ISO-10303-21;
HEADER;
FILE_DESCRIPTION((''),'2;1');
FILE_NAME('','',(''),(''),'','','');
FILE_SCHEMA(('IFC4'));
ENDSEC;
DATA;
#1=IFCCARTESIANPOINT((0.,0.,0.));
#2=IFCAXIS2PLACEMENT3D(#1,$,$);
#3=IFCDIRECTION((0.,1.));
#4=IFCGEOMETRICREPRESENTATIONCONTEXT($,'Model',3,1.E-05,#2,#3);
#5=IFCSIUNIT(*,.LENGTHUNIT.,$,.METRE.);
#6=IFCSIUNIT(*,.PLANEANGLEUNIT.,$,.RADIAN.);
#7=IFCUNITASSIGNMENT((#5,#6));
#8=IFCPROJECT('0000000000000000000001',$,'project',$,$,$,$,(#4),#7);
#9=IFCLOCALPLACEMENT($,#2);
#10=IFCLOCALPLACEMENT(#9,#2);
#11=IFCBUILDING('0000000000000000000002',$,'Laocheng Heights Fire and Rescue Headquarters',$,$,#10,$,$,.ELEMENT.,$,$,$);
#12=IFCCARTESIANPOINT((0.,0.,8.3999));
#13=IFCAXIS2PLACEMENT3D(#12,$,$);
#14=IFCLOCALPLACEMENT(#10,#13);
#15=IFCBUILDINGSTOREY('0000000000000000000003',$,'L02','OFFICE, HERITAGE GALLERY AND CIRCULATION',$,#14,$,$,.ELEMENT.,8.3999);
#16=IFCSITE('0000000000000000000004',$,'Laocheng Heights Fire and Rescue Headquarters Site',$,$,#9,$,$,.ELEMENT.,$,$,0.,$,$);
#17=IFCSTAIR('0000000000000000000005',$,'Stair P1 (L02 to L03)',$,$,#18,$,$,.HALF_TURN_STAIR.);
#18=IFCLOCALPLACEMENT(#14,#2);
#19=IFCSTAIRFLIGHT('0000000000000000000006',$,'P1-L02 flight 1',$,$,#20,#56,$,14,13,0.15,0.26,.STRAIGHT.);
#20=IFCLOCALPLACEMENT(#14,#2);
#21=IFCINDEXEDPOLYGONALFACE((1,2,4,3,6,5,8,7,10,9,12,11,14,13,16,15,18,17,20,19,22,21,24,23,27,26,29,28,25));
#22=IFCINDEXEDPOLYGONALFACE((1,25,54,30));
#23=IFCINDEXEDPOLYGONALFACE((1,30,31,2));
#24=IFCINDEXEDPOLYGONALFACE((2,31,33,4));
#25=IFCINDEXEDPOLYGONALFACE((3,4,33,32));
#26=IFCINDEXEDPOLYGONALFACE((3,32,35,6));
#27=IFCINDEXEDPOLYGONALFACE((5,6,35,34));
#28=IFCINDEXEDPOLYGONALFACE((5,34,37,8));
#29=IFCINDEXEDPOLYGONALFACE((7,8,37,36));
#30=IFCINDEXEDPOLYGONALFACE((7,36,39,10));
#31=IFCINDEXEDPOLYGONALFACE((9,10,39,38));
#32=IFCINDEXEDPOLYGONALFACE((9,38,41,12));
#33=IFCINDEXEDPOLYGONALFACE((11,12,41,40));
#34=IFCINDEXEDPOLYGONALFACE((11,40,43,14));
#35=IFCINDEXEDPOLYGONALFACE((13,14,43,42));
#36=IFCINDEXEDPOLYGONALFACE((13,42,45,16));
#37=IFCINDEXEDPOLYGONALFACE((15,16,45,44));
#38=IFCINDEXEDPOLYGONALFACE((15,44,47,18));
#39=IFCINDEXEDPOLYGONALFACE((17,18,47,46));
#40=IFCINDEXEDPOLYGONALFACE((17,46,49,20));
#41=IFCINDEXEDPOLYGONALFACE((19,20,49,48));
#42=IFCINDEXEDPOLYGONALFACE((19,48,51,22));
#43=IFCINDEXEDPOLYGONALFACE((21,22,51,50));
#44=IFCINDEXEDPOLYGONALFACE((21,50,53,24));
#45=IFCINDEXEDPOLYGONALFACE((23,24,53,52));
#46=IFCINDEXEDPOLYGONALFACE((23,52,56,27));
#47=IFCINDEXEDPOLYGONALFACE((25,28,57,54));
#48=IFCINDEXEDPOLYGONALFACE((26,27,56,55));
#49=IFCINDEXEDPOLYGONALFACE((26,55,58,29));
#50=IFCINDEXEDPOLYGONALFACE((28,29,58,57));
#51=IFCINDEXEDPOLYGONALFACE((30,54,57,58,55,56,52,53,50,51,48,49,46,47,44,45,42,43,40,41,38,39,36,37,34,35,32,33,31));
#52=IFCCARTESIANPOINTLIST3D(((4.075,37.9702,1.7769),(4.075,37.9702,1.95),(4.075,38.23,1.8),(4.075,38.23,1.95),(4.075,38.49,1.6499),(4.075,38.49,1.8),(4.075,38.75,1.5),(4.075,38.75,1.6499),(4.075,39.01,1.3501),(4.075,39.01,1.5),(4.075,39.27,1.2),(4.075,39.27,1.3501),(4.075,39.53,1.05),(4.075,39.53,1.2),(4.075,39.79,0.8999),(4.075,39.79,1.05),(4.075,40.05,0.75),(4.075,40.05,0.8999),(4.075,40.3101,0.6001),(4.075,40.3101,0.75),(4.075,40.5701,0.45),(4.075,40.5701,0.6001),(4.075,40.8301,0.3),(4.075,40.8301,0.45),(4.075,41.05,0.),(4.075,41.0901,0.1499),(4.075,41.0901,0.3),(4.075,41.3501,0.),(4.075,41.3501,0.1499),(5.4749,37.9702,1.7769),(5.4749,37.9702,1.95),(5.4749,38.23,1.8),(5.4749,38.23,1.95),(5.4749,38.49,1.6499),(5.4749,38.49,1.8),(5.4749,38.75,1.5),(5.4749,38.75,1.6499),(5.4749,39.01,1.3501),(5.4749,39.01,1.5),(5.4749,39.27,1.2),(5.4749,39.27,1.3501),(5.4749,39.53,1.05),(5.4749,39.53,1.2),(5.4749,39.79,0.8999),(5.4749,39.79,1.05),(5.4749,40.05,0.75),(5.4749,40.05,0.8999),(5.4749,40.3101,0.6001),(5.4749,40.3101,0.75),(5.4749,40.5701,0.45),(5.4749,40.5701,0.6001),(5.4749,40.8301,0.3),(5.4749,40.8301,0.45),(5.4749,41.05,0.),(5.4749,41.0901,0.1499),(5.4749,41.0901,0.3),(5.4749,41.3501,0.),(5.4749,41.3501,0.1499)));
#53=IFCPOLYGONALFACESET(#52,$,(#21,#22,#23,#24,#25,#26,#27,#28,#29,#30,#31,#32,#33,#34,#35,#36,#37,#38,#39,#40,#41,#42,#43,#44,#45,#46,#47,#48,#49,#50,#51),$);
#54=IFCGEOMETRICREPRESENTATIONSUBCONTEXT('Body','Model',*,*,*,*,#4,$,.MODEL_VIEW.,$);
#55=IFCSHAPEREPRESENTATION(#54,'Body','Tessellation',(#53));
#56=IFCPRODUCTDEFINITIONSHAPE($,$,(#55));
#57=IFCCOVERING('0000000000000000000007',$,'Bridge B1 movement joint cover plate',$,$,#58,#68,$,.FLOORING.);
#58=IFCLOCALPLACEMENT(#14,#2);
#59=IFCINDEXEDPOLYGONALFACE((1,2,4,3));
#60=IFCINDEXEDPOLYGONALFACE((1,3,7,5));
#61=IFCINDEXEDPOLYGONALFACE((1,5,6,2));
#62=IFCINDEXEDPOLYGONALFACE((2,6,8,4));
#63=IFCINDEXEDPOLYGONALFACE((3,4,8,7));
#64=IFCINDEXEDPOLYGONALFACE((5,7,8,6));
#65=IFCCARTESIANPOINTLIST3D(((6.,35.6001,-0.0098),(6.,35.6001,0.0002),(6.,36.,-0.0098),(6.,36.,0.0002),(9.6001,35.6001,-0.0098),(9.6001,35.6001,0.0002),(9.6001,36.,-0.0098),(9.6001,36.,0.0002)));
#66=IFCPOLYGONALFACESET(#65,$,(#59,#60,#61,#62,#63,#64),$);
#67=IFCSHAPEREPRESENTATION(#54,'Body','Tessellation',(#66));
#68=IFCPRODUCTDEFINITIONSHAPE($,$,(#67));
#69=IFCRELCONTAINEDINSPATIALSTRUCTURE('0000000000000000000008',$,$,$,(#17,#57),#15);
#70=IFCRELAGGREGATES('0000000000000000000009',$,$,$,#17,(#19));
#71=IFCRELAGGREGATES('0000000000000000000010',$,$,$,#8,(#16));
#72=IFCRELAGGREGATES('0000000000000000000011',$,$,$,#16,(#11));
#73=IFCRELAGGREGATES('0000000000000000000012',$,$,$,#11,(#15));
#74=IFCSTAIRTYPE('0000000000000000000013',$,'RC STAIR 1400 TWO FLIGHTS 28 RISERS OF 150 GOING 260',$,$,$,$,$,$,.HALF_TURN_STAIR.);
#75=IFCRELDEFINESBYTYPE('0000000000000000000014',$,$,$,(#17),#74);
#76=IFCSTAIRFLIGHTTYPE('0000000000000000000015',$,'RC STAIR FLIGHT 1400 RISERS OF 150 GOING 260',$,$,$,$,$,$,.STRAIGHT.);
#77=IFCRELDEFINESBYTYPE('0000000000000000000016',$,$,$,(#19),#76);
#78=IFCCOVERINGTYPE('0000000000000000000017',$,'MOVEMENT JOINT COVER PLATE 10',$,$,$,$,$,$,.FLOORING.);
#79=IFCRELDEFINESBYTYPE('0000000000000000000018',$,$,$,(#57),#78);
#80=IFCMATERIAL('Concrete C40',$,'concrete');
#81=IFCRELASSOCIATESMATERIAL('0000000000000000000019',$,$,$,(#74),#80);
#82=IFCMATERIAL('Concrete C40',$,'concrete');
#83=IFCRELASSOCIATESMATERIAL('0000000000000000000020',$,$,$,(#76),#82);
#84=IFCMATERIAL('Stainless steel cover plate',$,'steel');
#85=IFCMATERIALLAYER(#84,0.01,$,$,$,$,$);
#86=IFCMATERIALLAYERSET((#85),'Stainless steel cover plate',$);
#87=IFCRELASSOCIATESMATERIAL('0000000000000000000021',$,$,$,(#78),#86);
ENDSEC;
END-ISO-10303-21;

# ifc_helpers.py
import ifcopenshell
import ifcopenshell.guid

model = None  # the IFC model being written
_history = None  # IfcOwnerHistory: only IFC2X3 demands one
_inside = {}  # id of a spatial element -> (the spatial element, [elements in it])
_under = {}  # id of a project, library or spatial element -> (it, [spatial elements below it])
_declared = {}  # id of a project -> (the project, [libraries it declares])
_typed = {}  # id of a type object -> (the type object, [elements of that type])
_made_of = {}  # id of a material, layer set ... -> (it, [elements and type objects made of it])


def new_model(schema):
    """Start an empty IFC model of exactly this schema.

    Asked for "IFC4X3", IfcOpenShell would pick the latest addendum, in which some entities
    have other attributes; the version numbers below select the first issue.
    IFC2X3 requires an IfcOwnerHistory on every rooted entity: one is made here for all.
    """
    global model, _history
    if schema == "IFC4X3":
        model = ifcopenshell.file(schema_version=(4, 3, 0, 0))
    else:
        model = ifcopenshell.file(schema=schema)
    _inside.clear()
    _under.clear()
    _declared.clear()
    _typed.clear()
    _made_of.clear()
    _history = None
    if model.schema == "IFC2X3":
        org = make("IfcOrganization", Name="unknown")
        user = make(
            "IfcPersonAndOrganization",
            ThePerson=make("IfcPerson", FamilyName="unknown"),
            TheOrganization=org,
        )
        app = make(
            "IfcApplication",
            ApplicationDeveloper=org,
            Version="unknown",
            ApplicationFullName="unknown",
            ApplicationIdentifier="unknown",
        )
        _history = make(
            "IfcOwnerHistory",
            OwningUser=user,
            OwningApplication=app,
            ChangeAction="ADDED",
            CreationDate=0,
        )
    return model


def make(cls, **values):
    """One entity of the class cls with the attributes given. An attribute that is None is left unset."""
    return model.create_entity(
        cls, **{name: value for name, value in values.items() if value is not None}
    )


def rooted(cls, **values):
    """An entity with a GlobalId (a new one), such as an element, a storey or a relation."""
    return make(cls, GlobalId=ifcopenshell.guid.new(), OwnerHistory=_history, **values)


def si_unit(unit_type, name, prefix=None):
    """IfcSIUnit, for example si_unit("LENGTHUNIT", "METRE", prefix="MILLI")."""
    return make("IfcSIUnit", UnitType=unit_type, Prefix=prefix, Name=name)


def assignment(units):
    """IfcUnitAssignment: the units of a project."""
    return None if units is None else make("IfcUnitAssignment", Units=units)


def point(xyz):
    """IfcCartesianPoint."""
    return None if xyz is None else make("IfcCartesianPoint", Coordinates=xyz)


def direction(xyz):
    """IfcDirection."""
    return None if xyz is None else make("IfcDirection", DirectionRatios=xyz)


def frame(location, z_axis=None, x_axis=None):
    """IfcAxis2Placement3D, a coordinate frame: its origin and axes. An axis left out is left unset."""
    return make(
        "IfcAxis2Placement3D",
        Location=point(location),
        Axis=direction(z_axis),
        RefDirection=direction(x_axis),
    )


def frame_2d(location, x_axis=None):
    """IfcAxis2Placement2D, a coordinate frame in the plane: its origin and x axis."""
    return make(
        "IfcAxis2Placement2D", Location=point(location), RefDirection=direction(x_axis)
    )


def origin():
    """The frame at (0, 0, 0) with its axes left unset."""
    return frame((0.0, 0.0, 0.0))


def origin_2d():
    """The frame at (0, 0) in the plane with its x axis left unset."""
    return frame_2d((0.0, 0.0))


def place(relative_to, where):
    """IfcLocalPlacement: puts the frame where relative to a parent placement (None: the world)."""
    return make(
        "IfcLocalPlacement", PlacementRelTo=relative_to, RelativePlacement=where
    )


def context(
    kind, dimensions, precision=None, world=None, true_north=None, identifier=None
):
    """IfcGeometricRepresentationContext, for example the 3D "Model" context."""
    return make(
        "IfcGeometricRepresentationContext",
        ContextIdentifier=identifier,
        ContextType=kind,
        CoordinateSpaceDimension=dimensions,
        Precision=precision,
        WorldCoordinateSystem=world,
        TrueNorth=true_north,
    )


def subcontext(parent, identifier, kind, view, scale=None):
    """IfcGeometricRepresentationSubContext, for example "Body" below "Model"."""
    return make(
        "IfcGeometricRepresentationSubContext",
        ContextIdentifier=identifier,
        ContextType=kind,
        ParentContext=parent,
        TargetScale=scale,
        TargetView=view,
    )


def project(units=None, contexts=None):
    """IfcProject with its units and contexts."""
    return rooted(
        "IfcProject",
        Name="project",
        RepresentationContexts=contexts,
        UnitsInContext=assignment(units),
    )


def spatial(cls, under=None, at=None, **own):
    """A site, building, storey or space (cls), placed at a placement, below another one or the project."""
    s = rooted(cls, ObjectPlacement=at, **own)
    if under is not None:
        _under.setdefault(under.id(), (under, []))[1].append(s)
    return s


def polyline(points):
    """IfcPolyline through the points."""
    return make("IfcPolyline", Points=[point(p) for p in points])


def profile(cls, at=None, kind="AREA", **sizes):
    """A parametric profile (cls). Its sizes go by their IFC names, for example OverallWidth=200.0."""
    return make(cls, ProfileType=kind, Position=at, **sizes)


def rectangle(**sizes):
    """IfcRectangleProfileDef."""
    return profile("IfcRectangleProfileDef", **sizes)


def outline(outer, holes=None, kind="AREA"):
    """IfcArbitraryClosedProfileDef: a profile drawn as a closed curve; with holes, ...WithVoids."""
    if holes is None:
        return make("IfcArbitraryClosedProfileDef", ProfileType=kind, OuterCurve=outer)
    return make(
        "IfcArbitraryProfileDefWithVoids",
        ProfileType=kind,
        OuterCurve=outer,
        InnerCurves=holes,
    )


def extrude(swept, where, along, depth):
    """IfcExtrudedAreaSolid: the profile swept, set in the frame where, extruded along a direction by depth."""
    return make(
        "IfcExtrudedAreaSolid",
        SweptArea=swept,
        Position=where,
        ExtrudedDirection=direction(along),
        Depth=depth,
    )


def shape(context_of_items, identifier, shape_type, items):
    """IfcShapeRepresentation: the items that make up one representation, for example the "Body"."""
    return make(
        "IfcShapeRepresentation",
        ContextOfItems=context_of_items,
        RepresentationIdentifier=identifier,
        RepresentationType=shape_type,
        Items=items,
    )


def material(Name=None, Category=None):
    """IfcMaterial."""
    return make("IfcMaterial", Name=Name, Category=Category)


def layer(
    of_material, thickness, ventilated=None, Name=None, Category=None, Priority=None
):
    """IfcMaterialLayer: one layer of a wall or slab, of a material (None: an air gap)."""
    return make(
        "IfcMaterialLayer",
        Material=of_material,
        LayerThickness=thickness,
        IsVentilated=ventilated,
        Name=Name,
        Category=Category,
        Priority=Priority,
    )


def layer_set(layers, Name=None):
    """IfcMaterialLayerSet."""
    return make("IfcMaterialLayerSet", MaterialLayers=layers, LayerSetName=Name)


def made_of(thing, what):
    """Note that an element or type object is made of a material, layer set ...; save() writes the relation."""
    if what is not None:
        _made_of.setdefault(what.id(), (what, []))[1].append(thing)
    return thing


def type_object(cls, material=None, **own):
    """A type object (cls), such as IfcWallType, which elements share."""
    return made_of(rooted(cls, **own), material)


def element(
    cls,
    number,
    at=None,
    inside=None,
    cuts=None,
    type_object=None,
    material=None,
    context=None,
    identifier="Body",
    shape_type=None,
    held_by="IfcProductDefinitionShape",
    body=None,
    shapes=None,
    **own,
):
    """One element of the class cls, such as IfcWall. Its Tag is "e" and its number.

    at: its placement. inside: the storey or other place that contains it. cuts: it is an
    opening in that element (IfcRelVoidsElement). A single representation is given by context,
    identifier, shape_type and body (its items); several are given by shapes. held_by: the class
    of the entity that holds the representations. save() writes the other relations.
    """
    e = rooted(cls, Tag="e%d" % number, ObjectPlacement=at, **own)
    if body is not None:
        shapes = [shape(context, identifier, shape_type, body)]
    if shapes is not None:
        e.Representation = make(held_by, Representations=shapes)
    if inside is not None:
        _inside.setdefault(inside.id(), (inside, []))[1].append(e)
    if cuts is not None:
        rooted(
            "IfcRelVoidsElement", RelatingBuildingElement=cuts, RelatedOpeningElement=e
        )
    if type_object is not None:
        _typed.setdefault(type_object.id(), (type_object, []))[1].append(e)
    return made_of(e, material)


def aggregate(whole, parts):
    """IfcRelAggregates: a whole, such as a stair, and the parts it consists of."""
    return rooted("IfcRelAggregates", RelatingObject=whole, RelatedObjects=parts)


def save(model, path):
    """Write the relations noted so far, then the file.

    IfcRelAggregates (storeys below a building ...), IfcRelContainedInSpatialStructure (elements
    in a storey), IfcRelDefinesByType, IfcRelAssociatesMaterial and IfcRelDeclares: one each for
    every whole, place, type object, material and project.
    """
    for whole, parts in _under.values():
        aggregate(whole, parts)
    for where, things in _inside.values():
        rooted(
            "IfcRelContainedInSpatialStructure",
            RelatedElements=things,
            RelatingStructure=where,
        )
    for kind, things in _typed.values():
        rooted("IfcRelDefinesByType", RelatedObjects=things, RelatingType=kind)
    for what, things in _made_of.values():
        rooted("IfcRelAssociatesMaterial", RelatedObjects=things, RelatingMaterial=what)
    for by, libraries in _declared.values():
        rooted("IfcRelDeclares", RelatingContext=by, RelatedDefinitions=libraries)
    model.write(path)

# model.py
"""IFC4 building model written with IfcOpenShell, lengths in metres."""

from ifc_helpers import new_model, si_unit, direction, frame, origin, origin_2d, place, context, subcontext, project, spatial, polyline, rectangle, outline, extrude, material, layer, layer_set, type_object, element, aggregate, save


model = new_model("IFC4")

# Units and contexts
model_context = context("Model", 3, precision=1e-05, world=origin(), true_north=direction((0.0, 1.0)))
body_context = subcontext(model_context, "Body", "Model", "MODEL_VIEW")
ifc_project = project(units=[si_unit("LENGTHUNIT", "METRE"), si_unit("PLANEANGLEUNIT", "RADIAN")], contexts=[model_context])

# Site, building, storey
site_placement = place(None, origin())
site = spatial("IfcSite", under=ifc_project, at=site_placement, Name="Laocheng Heights Fire and Rescue Headquarters Site", CompositionType="ELEMENT", RefElevation=0.0)
building_placement = place(site_placement, origin())
building = spatial("IfcBuilding", under=site, at=building_placement, Name="Laocheng Heights Fire and Rescue Headquarters", CompositionType="ELEMENT")
storey_placement = place(building_placement, frame((0.0, 0.0, 8.3999)))
storey = spatial("IfcBuildingStorey", under=building, at=storey_placement, Name="L02", Description="OFFICE, HERITAGE GALLERY AND CIRCULATION", CompositionType="ELEMENT", Elevation=8.3999)

# Stair, stair flight
ifc_material_1 = material(Name="Concrete C40", Category="concrete")
stair_type = type_object("IfcStairType", Name="RC STAIR 1400 TWO FLIGHTS 28 RISERS OF 150 GOING 260", PredefinedType="HALF_TURN_STAIR", material=ifc_material_1)
stair_placement = place(storey_placement, origin())
stair = element("IfcStair", 1, at=stair_placement, inside=storey, type_object=stair_type, Name="Stair P1 (L02 to L03)", PredefinedType="HALF_TURN_STAIR")
ifc_material_2 = material(Name="Concrete C40", Category="concrete")
stair_flight_type = type_object("IfcStairFlightType", Name="RC STAIR FLIGHT 1400 RISERS OF 150 GOING 260", PredefinedType="STRAIGHT", material=ifc_material_2)
stair_flight_placement = place(storey_placement, frame((4.7749, 41.3501, 0.0), z_axis=(0.0, 0.0, 1.0), x_axis=(0.0, -1.0, 0.0)))
stair_flight = element("IfcStairFlight", 2, at=stair_flight_placement, type_object=stair_flight_type, Name="P1-L02 flight 1", NumberOfRisers=14, NumberOfTreads=13, PredefinedType="STRAIGHT", RiserHeight=0.15, TreadLength=0.26, context=body_context, shape_type="SweptSolid", body=[
    extrude(outline(polyline([(0.0, 0.0), (0.0, 0.1499), (0.26, 0.1499), (0.26, 0.3), (0.52, 0.3), (0.52, 0.45), (0.78, 0.45), (0.78, 0.6001), (1.04, 0.6001), (1.04, 0.75), (1.3, 0.75), (1.3, 0.8999), (1.5601, 0.8999), (1.5601, 1.05), (1.8201, 1.05), (1.8201, 1.2), (2.0801, 1.2), (2.0801, 1.3501), (2.3401, 1.3501), (2.3401, 1.5), (2.6001, 1.5), (2.6001, 1.6499), (2.8601, 1.6499), (2.8601, 1.8), (3.1201, 1.8), (3.1201, 1.95), (3.3799, 1.95), (3.3799, 2.1001), (3.3799, 1.7769), (0.3, 0.0), (0.0, 0.0)])), frame((0.0, 0.7, 0.0), z_axis=(0.0, -1.0, 0.0), x_axis=(1.0, 0.0, 0.0)), (0.0, 0.0, 1.0), 1.3999),
])
aggregate(stair, [stair_flight])

# Covering
ifc_material_3 = material(Name="Stainless steel cover plate", Category="steel")
ifc_layer_1 = layer(ifc_material_3, 0.01)
ifc_layer_set_1 = layer_set([ifc_layer_1], Name="Stainless steel cover plate")
covering_type = type_object("IfcCoveringType", Name="MOVEMENT JOINT COVER PLATE 10", PredefinedType="FLOORING", material=ifc_layer_set_1)
covering_placement = place(storey_placement, frame((7.8, 35.8, -0.0098), z_axis=(0.0, 0.0, 1.0), x_axis=(1.0, 0.0, 0.0)))
element("IfcCovering", 3, at=covering_placement, inside=storey, type_object=covering_type, Name="Bridge B1 movement joint cover plate", PredefinedType="FLOORING", context=body_context, shape_type="SweptSolid", body=[
    extrude(rectangle(XDim=3.6001, YDim=0.3999, at=origin_2d()), origin(), (0.0, 0.0, 1.0), 0.01),
])

save(model, "model.ifc")
